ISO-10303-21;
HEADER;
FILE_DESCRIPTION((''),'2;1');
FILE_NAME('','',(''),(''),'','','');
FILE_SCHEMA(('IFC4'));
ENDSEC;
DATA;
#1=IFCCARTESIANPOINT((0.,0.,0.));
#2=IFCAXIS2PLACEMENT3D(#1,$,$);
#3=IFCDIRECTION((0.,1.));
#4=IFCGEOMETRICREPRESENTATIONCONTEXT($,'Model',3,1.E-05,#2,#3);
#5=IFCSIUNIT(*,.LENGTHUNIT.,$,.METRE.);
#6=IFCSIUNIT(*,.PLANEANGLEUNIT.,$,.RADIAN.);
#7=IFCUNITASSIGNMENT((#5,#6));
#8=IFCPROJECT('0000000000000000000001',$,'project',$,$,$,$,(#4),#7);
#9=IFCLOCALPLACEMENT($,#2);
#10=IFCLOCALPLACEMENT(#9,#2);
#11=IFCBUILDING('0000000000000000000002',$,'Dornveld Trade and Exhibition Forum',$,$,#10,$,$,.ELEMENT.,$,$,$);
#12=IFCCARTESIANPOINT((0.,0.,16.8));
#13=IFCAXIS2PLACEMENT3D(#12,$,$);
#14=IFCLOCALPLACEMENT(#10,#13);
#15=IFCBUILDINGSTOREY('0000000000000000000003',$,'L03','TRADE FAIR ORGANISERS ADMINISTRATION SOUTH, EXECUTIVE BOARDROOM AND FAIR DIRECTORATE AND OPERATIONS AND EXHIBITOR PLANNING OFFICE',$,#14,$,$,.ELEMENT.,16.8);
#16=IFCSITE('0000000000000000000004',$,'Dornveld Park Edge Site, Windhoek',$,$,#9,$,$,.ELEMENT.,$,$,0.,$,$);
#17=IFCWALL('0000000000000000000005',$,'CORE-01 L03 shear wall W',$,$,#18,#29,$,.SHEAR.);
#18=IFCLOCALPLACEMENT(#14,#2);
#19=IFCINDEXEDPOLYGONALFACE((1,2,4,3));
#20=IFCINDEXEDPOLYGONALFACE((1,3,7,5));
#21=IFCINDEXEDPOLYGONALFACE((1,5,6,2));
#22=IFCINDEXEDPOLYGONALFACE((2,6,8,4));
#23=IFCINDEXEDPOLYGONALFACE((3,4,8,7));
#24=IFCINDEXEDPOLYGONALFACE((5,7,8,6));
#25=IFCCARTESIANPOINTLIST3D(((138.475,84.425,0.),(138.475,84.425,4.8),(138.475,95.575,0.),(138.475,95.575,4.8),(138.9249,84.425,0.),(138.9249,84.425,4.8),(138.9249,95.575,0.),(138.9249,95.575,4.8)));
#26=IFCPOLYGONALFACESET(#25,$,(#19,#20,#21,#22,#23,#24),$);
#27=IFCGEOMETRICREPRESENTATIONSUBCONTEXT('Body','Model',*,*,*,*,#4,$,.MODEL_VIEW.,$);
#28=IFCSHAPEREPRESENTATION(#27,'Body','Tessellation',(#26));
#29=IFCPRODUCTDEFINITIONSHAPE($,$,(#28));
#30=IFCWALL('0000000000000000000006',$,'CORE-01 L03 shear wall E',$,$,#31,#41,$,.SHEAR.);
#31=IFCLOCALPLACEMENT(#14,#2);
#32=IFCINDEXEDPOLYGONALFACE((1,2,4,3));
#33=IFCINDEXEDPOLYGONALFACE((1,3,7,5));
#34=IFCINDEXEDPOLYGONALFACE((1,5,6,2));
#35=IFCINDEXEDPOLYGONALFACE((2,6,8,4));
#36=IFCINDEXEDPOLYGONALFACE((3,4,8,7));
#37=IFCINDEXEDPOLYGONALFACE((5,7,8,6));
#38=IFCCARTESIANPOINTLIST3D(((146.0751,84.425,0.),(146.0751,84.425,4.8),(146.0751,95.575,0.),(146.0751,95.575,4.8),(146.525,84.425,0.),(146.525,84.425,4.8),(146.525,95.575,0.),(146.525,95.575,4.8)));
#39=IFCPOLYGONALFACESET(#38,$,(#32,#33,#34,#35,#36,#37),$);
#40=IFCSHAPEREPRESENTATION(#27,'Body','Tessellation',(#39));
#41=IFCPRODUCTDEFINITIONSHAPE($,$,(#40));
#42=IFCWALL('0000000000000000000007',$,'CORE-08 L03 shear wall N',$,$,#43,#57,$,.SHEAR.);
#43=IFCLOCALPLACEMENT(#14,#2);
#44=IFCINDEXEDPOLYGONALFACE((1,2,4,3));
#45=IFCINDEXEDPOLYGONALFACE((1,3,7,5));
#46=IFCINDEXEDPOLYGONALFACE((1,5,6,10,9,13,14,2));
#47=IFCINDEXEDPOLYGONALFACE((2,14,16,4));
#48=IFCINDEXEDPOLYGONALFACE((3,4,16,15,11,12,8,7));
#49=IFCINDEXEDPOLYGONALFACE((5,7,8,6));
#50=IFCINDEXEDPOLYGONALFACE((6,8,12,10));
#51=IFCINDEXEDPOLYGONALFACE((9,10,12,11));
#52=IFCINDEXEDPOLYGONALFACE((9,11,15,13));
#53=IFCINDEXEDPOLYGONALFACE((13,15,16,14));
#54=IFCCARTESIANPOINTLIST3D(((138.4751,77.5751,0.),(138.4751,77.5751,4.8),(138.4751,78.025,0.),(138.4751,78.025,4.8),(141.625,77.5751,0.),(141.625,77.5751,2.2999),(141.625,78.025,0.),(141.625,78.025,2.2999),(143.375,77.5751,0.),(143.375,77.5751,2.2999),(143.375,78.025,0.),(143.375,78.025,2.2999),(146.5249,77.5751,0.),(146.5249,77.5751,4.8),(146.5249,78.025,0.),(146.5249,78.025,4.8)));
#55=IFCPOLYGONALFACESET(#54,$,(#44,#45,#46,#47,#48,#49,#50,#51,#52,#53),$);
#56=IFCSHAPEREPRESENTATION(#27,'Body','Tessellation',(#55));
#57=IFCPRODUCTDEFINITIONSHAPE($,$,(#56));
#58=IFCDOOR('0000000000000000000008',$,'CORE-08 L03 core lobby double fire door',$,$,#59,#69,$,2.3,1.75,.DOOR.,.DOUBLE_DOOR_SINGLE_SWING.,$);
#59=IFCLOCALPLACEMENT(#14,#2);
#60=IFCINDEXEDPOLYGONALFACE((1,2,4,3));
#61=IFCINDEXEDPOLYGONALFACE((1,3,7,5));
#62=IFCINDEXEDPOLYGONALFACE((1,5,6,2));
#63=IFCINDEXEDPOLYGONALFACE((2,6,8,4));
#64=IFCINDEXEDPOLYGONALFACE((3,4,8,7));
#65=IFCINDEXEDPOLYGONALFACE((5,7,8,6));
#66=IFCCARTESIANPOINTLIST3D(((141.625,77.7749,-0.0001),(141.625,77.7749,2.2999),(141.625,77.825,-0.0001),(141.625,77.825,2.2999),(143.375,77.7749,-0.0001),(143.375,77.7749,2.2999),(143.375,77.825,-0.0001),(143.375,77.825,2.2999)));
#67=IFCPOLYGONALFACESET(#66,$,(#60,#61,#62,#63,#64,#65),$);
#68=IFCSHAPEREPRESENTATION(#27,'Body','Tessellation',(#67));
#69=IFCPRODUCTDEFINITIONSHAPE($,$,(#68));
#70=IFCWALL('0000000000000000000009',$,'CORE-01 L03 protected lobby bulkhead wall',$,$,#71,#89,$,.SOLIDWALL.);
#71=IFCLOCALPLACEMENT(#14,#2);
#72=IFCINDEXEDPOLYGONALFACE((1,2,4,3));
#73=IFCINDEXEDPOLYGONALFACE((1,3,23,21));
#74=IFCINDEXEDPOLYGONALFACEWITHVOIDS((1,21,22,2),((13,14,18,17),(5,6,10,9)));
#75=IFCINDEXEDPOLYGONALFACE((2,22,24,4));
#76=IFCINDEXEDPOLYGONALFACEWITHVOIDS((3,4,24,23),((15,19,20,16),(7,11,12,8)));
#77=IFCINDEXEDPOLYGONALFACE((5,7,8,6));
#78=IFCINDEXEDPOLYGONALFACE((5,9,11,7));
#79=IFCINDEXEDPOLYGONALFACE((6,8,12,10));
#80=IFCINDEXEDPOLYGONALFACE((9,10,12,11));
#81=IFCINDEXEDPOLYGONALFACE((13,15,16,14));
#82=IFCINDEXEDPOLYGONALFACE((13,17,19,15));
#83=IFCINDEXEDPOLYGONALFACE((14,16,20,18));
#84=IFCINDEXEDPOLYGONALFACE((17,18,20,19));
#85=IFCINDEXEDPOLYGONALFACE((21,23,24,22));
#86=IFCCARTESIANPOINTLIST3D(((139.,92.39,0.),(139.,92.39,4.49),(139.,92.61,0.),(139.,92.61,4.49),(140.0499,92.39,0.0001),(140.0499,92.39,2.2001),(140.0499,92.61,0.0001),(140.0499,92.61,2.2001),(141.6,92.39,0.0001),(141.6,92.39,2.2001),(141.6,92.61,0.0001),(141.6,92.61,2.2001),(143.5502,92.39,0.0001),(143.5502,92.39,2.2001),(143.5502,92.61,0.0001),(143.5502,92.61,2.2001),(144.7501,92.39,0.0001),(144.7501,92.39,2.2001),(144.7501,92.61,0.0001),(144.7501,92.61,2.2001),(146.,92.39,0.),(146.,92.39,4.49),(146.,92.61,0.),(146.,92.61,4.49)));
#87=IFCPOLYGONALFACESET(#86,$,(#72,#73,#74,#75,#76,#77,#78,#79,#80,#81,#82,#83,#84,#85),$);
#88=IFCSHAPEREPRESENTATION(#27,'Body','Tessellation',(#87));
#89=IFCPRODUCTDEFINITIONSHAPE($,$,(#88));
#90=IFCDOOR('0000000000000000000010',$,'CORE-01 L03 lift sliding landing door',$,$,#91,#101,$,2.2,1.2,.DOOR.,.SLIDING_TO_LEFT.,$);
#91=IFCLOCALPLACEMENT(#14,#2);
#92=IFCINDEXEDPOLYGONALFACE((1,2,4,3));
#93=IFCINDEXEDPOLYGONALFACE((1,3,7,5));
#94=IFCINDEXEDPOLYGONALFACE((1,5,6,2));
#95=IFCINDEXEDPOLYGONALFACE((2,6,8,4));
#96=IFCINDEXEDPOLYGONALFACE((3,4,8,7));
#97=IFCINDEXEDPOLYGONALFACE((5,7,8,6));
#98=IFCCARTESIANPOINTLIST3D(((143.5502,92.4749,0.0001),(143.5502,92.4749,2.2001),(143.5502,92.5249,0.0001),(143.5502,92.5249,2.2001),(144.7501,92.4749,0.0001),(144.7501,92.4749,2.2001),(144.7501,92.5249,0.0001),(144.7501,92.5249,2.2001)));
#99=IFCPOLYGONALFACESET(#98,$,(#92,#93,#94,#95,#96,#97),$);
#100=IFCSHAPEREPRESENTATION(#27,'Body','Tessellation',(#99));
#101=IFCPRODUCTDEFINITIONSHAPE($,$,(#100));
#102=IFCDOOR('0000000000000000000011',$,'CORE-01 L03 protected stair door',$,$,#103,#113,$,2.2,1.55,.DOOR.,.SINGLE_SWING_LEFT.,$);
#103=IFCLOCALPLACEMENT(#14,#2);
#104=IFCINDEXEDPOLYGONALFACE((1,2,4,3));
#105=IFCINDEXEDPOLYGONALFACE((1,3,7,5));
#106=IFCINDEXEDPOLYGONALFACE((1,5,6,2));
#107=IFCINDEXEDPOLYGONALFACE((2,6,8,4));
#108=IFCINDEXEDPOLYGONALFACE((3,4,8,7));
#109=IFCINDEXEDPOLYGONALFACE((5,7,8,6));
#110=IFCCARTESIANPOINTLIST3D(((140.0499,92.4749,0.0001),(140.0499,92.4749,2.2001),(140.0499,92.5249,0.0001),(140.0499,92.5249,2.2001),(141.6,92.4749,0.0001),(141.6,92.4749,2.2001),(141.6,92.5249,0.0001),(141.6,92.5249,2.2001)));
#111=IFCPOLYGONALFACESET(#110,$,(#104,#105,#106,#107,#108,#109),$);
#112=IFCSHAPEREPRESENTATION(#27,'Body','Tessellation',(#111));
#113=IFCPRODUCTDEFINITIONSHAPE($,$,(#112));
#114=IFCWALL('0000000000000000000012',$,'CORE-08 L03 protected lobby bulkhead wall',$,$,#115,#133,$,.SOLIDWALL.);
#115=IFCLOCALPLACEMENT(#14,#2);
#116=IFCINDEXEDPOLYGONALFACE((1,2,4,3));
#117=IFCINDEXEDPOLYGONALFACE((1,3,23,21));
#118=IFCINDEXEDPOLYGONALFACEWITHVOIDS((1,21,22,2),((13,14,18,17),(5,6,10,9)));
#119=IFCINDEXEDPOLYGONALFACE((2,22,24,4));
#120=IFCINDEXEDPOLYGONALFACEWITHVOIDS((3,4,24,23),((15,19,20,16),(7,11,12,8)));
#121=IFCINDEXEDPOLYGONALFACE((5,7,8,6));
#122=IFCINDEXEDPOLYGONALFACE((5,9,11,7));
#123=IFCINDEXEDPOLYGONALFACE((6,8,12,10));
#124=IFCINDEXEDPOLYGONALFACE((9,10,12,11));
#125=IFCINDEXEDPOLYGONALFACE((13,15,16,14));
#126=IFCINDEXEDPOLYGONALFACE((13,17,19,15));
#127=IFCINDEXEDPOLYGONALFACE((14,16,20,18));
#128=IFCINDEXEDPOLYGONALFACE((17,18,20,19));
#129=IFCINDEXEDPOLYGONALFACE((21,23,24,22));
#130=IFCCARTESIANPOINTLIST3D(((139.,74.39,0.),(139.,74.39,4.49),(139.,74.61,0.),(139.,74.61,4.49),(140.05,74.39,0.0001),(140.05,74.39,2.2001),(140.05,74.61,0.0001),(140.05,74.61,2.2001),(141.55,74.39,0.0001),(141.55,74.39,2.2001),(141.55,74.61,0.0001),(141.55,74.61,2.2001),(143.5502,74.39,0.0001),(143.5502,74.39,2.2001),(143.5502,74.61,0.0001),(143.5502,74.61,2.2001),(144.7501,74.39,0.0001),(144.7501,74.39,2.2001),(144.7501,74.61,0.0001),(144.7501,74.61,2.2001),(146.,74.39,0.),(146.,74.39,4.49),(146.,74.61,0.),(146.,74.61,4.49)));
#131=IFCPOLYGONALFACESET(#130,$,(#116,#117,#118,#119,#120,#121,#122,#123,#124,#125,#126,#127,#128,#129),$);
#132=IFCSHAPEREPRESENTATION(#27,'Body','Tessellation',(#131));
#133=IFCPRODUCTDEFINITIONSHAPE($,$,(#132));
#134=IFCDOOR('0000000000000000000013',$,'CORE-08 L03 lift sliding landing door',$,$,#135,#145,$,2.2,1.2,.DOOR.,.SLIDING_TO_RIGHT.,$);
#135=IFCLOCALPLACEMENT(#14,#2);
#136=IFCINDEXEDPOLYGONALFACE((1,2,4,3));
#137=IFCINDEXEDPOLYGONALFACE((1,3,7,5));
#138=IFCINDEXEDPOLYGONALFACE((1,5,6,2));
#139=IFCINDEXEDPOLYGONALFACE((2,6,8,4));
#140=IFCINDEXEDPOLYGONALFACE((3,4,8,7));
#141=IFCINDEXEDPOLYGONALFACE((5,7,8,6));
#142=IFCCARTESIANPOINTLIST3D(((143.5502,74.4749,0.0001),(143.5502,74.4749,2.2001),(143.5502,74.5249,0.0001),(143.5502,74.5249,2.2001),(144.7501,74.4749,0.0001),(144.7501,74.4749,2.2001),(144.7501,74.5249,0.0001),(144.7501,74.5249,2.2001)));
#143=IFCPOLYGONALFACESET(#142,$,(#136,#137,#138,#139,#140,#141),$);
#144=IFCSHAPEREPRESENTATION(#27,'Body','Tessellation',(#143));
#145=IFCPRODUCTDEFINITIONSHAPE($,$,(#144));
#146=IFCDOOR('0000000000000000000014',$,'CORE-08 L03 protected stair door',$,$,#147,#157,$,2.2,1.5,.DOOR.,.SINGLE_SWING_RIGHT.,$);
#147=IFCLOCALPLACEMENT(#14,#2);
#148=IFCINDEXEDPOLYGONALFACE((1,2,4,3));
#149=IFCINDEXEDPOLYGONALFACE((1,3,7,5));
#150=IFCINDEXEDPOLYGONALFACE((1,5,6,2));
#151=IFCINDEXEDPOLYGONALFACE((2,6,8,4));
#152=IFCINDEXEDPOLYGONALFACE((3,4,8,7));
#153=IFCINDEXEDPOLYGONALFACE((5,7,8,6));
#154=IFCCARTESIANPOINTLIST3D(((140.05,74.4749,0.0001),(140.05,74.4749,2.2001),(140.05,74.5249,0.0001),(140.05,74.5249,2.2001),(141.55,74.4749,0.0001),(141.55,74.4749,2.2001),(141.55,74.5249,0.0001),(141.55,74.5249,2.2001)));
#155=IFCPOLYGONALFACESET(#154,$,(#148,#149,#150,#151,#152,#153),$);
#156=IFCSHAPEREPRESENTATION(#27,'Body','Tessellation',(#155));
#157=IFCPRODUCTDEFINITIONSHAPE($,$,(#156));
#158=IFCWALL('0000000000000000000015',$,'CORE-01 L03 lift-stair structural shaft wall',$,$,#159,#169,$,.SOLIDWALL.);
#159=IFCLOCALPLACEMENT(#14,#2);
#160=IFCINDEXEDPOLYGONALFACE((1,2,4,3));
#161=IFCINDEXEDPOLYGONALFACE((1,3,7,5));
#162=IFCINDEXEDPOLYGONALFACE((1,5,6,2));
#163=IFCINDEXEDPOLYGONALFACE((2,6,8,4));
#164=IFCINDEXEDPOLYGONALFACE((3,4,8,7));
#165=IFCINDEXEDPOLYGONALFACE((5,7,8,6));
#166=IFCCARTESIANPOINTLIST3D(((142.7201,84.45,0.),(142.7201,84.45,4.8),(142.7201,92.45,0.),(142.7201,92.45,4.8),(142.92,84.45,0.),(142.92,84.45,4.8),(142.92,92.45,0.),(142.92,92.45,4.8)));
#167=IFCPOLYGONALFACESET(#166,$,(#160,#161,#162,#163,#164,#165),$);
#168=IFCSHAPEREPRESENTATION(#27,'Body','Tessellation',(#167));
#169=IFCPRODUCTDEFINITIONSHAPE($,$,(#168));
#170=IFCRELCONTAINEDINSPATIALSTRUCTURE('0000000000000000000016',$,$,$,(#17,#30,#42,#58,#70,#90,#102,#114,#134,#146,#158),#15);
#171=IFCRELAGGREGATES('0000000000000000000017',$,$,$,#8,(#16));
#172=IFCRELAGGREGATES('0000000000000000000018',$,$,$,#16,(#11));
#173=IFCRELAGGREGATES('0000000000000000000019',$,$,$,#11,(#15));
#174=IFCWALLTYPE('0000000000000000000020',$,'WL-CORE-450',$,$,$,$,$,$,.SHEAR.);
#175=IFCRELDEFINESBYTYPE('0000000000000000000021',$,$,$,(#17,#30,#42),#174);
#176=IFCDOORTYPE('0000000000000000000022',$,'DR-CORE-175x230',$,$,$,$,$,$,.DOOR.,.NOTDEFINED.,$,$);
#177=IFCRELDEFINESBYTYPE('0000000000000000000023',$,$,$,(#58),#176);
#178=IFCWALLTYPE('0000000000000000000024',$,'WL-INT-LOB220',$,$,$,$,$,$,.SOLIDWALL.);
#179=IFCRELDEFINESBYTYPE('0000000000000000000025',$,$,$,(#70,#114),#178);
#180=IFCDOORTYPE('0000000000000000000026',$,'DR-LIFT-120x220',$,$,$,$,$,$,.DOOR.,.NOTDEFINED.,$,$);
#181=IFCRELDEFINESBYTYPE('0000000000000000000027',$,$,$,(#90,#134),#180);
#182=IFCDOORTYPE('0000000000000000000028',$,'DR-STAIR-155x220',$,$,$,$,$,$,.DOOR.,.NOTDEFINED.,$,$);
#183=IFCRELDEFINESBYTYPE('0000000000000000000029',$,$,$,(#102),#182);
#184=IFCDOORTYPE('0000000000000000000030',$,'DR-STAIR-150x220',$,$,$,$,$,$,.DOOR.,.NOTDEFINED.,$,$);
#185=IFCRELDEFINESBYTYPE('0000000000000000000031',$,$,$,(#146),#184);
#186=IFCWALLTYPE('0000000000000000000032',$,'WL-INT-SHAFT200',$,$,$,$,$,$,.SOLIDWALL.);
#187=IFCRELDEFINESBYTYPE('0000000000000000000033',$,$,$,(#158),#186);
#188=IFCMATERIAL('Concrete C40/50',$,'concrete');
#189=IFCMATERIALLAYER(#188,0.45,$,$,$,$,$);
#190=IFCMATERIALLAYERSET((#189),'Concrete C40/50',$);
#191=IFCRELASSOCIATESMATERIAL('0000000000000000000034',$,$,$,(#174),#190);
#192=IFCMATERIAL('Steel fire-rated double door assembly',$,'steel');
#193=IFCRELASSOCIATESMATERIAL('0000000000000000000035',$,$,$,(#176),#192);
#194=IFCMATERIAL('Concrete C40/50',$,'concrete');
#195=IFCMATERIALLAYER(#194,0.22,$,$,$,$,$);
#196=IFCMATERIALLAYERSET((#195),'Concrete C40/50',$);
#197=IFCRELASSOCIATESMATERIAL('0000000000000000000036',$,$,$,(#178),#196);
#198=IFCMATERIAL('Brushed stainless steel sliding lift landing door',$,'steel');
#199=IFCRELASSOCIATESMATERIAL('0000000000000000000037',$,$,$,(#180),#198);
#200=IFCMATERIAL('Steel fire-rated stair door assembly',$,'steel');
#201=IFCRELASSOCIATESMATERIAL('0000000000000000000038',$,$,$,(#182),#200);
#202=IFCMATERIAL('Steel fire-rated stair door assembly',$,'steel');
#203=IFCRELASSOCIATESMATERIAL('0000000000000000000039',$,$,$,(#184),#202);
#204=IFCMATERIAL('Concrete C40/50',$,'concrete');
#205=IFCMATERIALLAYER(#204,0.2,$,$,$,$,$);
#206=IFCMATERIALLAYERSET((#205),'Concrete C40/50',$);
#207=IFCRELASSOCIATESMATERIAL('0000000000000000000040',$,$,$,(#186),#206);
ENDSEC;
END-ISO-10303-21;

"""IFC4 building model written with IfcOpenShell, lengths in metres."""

from ifc_helpers import new_model, si_unit, direction, frame, frame_2d, origin, place, context, subcontext, project, spatial, rectangle, extrude, material, layer, layer_set, type_object, element, fill, save


model = new_model("IFC4")

# Units and contexts
model_context = context("Model", 3, precision=1e-05, world=origin(), true_north=direction((0.0, 1.0)))
body_context = subcontext(model_context, "Body", "Model", "MODEL_VIEW")
ifc_project = project(units=[si_unit("LENGTHUNIT", "METRE"), si_unit("PLANEANGLEUNIT", "RADIAN")], contexts=[model_context])

# Site, building, storey
site_placement = place(None, origin())
site = spatial("IfcSite", under=ifc_project, at=site_placement, Name="Dornveld Park Edge Site, Windhoek", CompositionType="ELEMENT", RefElevation=0.0)
building_placement = place(site_placement, origin())
building = spatial("IfcBuilding", under=site, at=building_placement, Name="Dornveld Trade and Exhibition Forum", CompositionType="ELEMENT")
storey_placement = place(building_placement, frame((0.0, 0.0, 16.8)))
storey = spatial("IfcBuildingStorey", under=building, at=storey_placement, Name="L03", Description="TRADE FAIR ORGANISERS ADMINISTRATION SOUTH, EXECUTIVE BOARDROOM AND FAIR DIRECTORATE AND OPERATIONS AND EXHIBITOR PLANNING OFFICE", CompositionType="ELEMENT", Elevation=16.8)

# Walls
ifc_material_1 = material(Name="Concrete C40/50", Category="concrete")
ifc_layer_1 = layer(ifc_material_1, 0.45)
ifc_layer_set_1 = layer_set([ifc_layer_1], Name="Concrete C40/50")
wall_type_1 = type_object("IfcWallType", Name="WL-CORE-450", PredefinedType="SHEAR", material=ifc_layer_set_1)
for number, where, z_axis, x_axis, name in (
    (1, (138.7, 84.425, 0.0), (0.0, 0.0, 1.0), (0.0, 1.0, 0.0), "CORE-01 L03 shear wall W"),
    (2, (146.3, 84.425, 0.0), (0.0, 0.0, 1.0), (0.0, 1.0, 0.0), "CORE-01 L03 shear wall E"),
):
    element("IfcWall", number, at=place(storey_placement, frame(where, z_axis=z_axis, x_axis=x_axis)), inside=storey, type_object=wall_type_1, Name=name, PredefinedType="SHEAR", context=body_context, shape_type="SweptSolid", body=[
        extrude(rectangle(XDim=11.1499, YDim=0.45, at=frame_2d((5.575, 0.0))), origin(), (0.0, 0.0, 1.0), 4.8),
    ])

# Wall, opening, door
wall_1_placement = place(storey_placement, frame((138.4751, 77.8, 0.0), z_axis=(0.0, 0.0, 1.0), x_axis=(1.0, 0.0, 0.0)))
wall_1 = element("IfcWall", 3, at=wall_1_placement, inside=storey, type_object=wall_type_1, Name="CORE-08 L03 shear wall N", PredefinedType="SHEAR", context=body_context, shape_type="SweptSolid", body=[
    extrude(rectangle(XDim=8.0498, YDim=0.45, at=frame_2d((4.0249, 0.0))), origin(), (0.0, 0.0, 1.0), 4.8),
])
opening_1_placement = place(wall_1_placement, frame((3.1499, 0.0, 0.0)))
opening_1 = element("IfcOpeningElement", 4, at=opening_1_placement, cuts=wall_1, PredefinedType="OPENING", context=body_context, shape_type="SweptSolid", body=[
    extrude(rectangle(XDim=1.75, YDim=2.3, at=frame_2d((0.875, 1.1499))), frame((0.0, 0.2349, 0.0), z_axis=(0.0, -1.0, 0.0), x_axis=(1.0, 0.0, 0.0)), (0.0, 0.0, 1.0), 0.47),
])
ifc_material_2 = material(Name="Steel fire-rated double door assembly", Category="steel")
door_type_1 = type_object("IfcDoorType", Name="DR-CORE-175x230", OperationType="NOTDEFINED", PredefinedType="DOOR", material=ifc_material_2)
door_1_placement = place(opening_1_placement, origin())
door_1 = element("IfcDoor", 5, at=door_1_placement, inside=storey, type_object=door_type_1, Name="CORE-08 L03 core lobby double fire door", OperationType="DOUBLE_DOOR_SINGLE_SWING", OverallHeight=2.3, OverallWidth=1.75, PredefinedType="DOOR", context=body_context, shape_type="SweptSolid", body=[
    extrude(rectangle(XDim=1.75, YDim=2.3, at=frame_2d((0.875, 1.1499))), frame((0.0, 0.0249, 0.0), z_axis=(0.0, -1.0, 0.0), x_axis=(1.0, 0.0, 0.0)), (0.0, 0.0, 1.0), 0.05),
])
fill(opening_1, door_1)

# Walls, openings, doors
ifc_material_3 = material(Name="Concrete C40/50", Category="concrete")
ifc_layer_2 = layer(ifc_material_3, 0.22)
ifc_layer_set_2 = layer_set([ifc_layer_2], Name="Concrete C40/50")
wall_type_2 = type_object("IfcWallType", Name="WL-INT-LOB220", PredefinedType="SOLIDWALL", material=ifc_layer_set_2)
wall_2_placement = place(storey_placement, frame((139.0, 92.5, 0.0), z_axis=(0.0, 0.0, 1.0), x_axis=(1.0, 0.0, 0.0)))
wall_2 = element("IfcWall", 6, at=wall_2_placement, inside=storey, type_object=wall_type_2, Name="CORE-01 L03 protected lobby bulkhead wall", PredefinedType="SOLIDWALL", context=body_context, shape_type="SweptSolid", body=[
    extrude(rectangle(XDim=7.0, YDim=0.22, at=frame_2d((3.5, 0.0))), origin(), (0.0, 0.0, 1.0), 4.49),
])
opening_2_placement = place(wall_2_placement, frame((1.05, 0.0, 0.0)))
opening_2 = element("IfcOpeningElement", 7, at=opening_2_placement, cuts=wall_2, PredefinedType="OPENING", context=body_context, shape_type="SweptSolid", body=[
    extrude(rectangle(XDim=1.55, YDim=2.2, at=frame_2d((0.7749, 1.1001))), frame((0.0, 0.1199, 0.0), z_axis=(0.0, -1.0, 0.0), x_axis=(1.0, 0.0, 0.0)), (0.0, 0.0, 1.0), 0.24),
])
opening_3_placement = place(wall_2_placement, frame((4.55, 0.0, 0.0)))
opening_3 = element("IfcOpeningElement", 8, at=opening_3_placement, cuts=wall_2, PredefinedType="OPENING", context=body_context, shape_type="SweptSolid", body=[
    extrude(rectangle(XDim=1.2, YDim=2.2, at=frame_2d((0.6001, 1.1001))), frame((0.0, 0.1199, 0.0), z_axis=(0.0, -1.0, 0.0), x_axis=(1.0, 0.0, 0.0)), (0.0, 0.0, 1.0), 0.24),
])
ifc_material_4 = material(Name="Brushed stainless steel sliding lift landing door", Category="steel")
door_type_2 = type_object("IfcDoorType", Name="DR-LIFT-120x220", OperationType="NOTDEFINED", PredefinedType="DOOR", material=ifc_material_4)
door_2_placement = place(opening_3_placement, origin())
door_2 = element("IfcDoor", 9, at=door_2_placement, inside=storey, type_object=door_type_2, Name="CORE-01 L03 lift sliding landing door", OperationType="SLIDING_TO_LEFT", OverallHeight=2.2, OverallWidth=1.2, PredefinedType="DOOR", context=body_context, shape_type="SweptSolid", body=[
    extrude(rectangle(XDim=1.2, YDim=2.2, at=frame_2d((0.6001, 1.1001))), frame((0.0, 0.0249, 0.0), z_axis=(0.0, -1.0, 0.0), x_axis=(1.0, 0.0, 0.0)), (0.0, 0.0, 1.0), 0.05),
])
fill(opening_3, door_2)
ifc_material_5 = material(Name="Steel fire-rated stair door assembly", Category="steel")
door_type_3 = type_object("IfcDoorType", Name="DR-STAIR-155x220", OperationType="NOTDEFINED", PredefinedType="DOOR", material=ifc_material_5)
door_3_placement = place(opening_2_placement, origin())
door_3 = element("IfcDoor", 10, at=door_3_placement, inside=storey, type_object=door_type_3, Name="CORE-01 L03 protected stair door", OperationType="SINGLE_SWING_LEFT", OverallHeight=2.2, OverallWidth=1.55, PredefinedType="DOOR", context=body_context, shape_type="SweptSolid", body=[
    extrude(rectangle(XDim=1.55, YDim=2.2, at=frame_2d((0.7749, 1.1001))), frame((0.0, 0.0249, 0.0), z_axis=(0.0, -1.0, 0.0), x_axis=(1.0, 0.0, 0.0)), (0.0, 0.0, 1.0), 0.05),
])
fill(opening_2, door_3)
wall_3_placement = place(storey_placement, frame((139.0, 74.5, 0.0), z_axis=(0.0, 0.0, 1.0), x_axis=(1.0, 0.0, 0.0)))
wall_3 = element("IfcWall", 11, at=wall_3_placement, inside=storey, type_object=wall_type_2, Name="CORE-08 L03 protected lobby bulkhead wall", PredefinedType="SOLIDWALL", context=body_context, shape_type="SweptSolid", body=[
    extrude(rectangle(XDim=7.0, YDim=0.22, at=frame_2d((3.5, 0.0))), origin(), (0.0, 0.0, 1.0), 4.49),
])
opening_4_placement = place(wall_3_placement, frame((1.05, 0.0, 0.0)))
opening_4 = element("IfcOpeningElement", 12, at=opening_4_placement, cuts=wall_3, PredefinedType="OPENING", context=body_context, shape_type="SweptSolid", body=[
    extrude(rectangle(XDim=1.5, YDim=2.2, at=frame_2d((0.75, 1.1001))), frame((0.0, 0.1199, 0.0), z_axis=(0.0, -1.0, 0.0), x_axis=(1.0, 0.0, 0.0)), (0.0, 0.0, 1.0), 0.24),
])
opening_5_placement = place(wall_3_placement, frame((4.55, 0.0, 0.0)))
opening_5 = element("IfcOpeningElement", 13, at=opening_5_placement, cuts=wall_3, PredefinedType="OPENING", context=body_context, shape_type="SweptSolid", body=[
    extrude(rectangle(XDim=1.2, YDim=2.2, at=frame_2d((0.6001, 1.1001))), frame((0.0, 0.1199, 0.0), z_axis=(0.0, -1.0, 0.0), x_axis=(1.0, 0.0, 0.0)), (0.0, 0.0, 1.0), 0.24),
])
door_4_placement = place(opening_5_placement, origin())
door_4 = element("IfcDoor", 14, at=door_4_placement, inside=storey, type_object=door_type_2, Name="CORE-08 L03 lift sliding landing door", OperationType="SLIDING_TO_RIGHT", OverallHeight=2.2, OverallWidth=1.2, PredefinedType="DOOR", context=body_context, shape_type="SweptSolid", body=[
    extrude(rectangle(XDim=1.2, YDim=2.2, at=frame_2d((0.6001, 1.1001))), frame((0.0, 0.0249, 0.0), z_axis=(0.0, -1.0, 0.0), x_axis=(1.0, 0.0, 0.0)), (0.0, 0.0, 1.0), 0.05),
])
fill(opening_5, door_4)
ifc_material_6 = material(Name="Steel fire-rated stair door assembly", Category="steel")
door_type_4 = type_object("IfcDoorType", Name="DR-STAIR-150x220", OperationType="NOTDEFINED", PredefinedType="DOOR", material=ifc_material_6)
door_5_placement = place(opening_4_placement, origin())
door_5 = element("IfcDoor", 15, at=door_5_placement, inside=storey, type_object=door_type_4, Name="CORE-08 L03 protected stair door", OperationType="SINGLE_SWING_RIGHT", OverallHeight=2.2, OverallWidth=1.5, PredefinedType="DOOR", context=body_context, shape_type="SweptSolid", body=[
    extrude(rectangle(XDim=1.5, YDim=2.2, at=frame_2d((0.75, 1.1001))), frame((0.0, 0.0249, 0.0), z_axis=(0.0, -1.0, 0.0), x_axis=(1.0, 0.0, 0.0)), (0.0, 0.0, 1.0), 0.05),
])
fill(opening_4, door_5)

# Wall
ifc_material_7 = material(Name="Concrete C40/50", Category="concrete")
ifc_layer_3 = layer(ifc_material_7, 0.2)
ifc_layer_set_3 = layer_set([ifc_layer_3], Name="Concrete C40/50")
wall_type_3 = type_object("IfcWallType", Name="WL-INT-SHAFT200", PredefinedType="SOLIDWALL", material=ifc_layer_set_3)
wall_4_placement = place(storey_placement, frame((142.8201, 84.45, 0.0), z_axis=(0.0, 0.0, 1.0), x_axis=(0.0, 1.0, 0.0)))
element("IfcWall", 16, at=wall_4_placement, inside=storey, type_object=wall_type_3, Name="CORE-01 L03 lift-stair structural shaft wall", PredefinedType="SOLIDWALL", context=body_context, shape_type="SweptSolid", body=[
    extrude(rectangle(XDim=8.0, YDim=0.2, at=frame_2d((4.0, 0.0))), origin(), (0.0, 0.0, 1.0), 4.8),
])

save(model, "model.ifc")
